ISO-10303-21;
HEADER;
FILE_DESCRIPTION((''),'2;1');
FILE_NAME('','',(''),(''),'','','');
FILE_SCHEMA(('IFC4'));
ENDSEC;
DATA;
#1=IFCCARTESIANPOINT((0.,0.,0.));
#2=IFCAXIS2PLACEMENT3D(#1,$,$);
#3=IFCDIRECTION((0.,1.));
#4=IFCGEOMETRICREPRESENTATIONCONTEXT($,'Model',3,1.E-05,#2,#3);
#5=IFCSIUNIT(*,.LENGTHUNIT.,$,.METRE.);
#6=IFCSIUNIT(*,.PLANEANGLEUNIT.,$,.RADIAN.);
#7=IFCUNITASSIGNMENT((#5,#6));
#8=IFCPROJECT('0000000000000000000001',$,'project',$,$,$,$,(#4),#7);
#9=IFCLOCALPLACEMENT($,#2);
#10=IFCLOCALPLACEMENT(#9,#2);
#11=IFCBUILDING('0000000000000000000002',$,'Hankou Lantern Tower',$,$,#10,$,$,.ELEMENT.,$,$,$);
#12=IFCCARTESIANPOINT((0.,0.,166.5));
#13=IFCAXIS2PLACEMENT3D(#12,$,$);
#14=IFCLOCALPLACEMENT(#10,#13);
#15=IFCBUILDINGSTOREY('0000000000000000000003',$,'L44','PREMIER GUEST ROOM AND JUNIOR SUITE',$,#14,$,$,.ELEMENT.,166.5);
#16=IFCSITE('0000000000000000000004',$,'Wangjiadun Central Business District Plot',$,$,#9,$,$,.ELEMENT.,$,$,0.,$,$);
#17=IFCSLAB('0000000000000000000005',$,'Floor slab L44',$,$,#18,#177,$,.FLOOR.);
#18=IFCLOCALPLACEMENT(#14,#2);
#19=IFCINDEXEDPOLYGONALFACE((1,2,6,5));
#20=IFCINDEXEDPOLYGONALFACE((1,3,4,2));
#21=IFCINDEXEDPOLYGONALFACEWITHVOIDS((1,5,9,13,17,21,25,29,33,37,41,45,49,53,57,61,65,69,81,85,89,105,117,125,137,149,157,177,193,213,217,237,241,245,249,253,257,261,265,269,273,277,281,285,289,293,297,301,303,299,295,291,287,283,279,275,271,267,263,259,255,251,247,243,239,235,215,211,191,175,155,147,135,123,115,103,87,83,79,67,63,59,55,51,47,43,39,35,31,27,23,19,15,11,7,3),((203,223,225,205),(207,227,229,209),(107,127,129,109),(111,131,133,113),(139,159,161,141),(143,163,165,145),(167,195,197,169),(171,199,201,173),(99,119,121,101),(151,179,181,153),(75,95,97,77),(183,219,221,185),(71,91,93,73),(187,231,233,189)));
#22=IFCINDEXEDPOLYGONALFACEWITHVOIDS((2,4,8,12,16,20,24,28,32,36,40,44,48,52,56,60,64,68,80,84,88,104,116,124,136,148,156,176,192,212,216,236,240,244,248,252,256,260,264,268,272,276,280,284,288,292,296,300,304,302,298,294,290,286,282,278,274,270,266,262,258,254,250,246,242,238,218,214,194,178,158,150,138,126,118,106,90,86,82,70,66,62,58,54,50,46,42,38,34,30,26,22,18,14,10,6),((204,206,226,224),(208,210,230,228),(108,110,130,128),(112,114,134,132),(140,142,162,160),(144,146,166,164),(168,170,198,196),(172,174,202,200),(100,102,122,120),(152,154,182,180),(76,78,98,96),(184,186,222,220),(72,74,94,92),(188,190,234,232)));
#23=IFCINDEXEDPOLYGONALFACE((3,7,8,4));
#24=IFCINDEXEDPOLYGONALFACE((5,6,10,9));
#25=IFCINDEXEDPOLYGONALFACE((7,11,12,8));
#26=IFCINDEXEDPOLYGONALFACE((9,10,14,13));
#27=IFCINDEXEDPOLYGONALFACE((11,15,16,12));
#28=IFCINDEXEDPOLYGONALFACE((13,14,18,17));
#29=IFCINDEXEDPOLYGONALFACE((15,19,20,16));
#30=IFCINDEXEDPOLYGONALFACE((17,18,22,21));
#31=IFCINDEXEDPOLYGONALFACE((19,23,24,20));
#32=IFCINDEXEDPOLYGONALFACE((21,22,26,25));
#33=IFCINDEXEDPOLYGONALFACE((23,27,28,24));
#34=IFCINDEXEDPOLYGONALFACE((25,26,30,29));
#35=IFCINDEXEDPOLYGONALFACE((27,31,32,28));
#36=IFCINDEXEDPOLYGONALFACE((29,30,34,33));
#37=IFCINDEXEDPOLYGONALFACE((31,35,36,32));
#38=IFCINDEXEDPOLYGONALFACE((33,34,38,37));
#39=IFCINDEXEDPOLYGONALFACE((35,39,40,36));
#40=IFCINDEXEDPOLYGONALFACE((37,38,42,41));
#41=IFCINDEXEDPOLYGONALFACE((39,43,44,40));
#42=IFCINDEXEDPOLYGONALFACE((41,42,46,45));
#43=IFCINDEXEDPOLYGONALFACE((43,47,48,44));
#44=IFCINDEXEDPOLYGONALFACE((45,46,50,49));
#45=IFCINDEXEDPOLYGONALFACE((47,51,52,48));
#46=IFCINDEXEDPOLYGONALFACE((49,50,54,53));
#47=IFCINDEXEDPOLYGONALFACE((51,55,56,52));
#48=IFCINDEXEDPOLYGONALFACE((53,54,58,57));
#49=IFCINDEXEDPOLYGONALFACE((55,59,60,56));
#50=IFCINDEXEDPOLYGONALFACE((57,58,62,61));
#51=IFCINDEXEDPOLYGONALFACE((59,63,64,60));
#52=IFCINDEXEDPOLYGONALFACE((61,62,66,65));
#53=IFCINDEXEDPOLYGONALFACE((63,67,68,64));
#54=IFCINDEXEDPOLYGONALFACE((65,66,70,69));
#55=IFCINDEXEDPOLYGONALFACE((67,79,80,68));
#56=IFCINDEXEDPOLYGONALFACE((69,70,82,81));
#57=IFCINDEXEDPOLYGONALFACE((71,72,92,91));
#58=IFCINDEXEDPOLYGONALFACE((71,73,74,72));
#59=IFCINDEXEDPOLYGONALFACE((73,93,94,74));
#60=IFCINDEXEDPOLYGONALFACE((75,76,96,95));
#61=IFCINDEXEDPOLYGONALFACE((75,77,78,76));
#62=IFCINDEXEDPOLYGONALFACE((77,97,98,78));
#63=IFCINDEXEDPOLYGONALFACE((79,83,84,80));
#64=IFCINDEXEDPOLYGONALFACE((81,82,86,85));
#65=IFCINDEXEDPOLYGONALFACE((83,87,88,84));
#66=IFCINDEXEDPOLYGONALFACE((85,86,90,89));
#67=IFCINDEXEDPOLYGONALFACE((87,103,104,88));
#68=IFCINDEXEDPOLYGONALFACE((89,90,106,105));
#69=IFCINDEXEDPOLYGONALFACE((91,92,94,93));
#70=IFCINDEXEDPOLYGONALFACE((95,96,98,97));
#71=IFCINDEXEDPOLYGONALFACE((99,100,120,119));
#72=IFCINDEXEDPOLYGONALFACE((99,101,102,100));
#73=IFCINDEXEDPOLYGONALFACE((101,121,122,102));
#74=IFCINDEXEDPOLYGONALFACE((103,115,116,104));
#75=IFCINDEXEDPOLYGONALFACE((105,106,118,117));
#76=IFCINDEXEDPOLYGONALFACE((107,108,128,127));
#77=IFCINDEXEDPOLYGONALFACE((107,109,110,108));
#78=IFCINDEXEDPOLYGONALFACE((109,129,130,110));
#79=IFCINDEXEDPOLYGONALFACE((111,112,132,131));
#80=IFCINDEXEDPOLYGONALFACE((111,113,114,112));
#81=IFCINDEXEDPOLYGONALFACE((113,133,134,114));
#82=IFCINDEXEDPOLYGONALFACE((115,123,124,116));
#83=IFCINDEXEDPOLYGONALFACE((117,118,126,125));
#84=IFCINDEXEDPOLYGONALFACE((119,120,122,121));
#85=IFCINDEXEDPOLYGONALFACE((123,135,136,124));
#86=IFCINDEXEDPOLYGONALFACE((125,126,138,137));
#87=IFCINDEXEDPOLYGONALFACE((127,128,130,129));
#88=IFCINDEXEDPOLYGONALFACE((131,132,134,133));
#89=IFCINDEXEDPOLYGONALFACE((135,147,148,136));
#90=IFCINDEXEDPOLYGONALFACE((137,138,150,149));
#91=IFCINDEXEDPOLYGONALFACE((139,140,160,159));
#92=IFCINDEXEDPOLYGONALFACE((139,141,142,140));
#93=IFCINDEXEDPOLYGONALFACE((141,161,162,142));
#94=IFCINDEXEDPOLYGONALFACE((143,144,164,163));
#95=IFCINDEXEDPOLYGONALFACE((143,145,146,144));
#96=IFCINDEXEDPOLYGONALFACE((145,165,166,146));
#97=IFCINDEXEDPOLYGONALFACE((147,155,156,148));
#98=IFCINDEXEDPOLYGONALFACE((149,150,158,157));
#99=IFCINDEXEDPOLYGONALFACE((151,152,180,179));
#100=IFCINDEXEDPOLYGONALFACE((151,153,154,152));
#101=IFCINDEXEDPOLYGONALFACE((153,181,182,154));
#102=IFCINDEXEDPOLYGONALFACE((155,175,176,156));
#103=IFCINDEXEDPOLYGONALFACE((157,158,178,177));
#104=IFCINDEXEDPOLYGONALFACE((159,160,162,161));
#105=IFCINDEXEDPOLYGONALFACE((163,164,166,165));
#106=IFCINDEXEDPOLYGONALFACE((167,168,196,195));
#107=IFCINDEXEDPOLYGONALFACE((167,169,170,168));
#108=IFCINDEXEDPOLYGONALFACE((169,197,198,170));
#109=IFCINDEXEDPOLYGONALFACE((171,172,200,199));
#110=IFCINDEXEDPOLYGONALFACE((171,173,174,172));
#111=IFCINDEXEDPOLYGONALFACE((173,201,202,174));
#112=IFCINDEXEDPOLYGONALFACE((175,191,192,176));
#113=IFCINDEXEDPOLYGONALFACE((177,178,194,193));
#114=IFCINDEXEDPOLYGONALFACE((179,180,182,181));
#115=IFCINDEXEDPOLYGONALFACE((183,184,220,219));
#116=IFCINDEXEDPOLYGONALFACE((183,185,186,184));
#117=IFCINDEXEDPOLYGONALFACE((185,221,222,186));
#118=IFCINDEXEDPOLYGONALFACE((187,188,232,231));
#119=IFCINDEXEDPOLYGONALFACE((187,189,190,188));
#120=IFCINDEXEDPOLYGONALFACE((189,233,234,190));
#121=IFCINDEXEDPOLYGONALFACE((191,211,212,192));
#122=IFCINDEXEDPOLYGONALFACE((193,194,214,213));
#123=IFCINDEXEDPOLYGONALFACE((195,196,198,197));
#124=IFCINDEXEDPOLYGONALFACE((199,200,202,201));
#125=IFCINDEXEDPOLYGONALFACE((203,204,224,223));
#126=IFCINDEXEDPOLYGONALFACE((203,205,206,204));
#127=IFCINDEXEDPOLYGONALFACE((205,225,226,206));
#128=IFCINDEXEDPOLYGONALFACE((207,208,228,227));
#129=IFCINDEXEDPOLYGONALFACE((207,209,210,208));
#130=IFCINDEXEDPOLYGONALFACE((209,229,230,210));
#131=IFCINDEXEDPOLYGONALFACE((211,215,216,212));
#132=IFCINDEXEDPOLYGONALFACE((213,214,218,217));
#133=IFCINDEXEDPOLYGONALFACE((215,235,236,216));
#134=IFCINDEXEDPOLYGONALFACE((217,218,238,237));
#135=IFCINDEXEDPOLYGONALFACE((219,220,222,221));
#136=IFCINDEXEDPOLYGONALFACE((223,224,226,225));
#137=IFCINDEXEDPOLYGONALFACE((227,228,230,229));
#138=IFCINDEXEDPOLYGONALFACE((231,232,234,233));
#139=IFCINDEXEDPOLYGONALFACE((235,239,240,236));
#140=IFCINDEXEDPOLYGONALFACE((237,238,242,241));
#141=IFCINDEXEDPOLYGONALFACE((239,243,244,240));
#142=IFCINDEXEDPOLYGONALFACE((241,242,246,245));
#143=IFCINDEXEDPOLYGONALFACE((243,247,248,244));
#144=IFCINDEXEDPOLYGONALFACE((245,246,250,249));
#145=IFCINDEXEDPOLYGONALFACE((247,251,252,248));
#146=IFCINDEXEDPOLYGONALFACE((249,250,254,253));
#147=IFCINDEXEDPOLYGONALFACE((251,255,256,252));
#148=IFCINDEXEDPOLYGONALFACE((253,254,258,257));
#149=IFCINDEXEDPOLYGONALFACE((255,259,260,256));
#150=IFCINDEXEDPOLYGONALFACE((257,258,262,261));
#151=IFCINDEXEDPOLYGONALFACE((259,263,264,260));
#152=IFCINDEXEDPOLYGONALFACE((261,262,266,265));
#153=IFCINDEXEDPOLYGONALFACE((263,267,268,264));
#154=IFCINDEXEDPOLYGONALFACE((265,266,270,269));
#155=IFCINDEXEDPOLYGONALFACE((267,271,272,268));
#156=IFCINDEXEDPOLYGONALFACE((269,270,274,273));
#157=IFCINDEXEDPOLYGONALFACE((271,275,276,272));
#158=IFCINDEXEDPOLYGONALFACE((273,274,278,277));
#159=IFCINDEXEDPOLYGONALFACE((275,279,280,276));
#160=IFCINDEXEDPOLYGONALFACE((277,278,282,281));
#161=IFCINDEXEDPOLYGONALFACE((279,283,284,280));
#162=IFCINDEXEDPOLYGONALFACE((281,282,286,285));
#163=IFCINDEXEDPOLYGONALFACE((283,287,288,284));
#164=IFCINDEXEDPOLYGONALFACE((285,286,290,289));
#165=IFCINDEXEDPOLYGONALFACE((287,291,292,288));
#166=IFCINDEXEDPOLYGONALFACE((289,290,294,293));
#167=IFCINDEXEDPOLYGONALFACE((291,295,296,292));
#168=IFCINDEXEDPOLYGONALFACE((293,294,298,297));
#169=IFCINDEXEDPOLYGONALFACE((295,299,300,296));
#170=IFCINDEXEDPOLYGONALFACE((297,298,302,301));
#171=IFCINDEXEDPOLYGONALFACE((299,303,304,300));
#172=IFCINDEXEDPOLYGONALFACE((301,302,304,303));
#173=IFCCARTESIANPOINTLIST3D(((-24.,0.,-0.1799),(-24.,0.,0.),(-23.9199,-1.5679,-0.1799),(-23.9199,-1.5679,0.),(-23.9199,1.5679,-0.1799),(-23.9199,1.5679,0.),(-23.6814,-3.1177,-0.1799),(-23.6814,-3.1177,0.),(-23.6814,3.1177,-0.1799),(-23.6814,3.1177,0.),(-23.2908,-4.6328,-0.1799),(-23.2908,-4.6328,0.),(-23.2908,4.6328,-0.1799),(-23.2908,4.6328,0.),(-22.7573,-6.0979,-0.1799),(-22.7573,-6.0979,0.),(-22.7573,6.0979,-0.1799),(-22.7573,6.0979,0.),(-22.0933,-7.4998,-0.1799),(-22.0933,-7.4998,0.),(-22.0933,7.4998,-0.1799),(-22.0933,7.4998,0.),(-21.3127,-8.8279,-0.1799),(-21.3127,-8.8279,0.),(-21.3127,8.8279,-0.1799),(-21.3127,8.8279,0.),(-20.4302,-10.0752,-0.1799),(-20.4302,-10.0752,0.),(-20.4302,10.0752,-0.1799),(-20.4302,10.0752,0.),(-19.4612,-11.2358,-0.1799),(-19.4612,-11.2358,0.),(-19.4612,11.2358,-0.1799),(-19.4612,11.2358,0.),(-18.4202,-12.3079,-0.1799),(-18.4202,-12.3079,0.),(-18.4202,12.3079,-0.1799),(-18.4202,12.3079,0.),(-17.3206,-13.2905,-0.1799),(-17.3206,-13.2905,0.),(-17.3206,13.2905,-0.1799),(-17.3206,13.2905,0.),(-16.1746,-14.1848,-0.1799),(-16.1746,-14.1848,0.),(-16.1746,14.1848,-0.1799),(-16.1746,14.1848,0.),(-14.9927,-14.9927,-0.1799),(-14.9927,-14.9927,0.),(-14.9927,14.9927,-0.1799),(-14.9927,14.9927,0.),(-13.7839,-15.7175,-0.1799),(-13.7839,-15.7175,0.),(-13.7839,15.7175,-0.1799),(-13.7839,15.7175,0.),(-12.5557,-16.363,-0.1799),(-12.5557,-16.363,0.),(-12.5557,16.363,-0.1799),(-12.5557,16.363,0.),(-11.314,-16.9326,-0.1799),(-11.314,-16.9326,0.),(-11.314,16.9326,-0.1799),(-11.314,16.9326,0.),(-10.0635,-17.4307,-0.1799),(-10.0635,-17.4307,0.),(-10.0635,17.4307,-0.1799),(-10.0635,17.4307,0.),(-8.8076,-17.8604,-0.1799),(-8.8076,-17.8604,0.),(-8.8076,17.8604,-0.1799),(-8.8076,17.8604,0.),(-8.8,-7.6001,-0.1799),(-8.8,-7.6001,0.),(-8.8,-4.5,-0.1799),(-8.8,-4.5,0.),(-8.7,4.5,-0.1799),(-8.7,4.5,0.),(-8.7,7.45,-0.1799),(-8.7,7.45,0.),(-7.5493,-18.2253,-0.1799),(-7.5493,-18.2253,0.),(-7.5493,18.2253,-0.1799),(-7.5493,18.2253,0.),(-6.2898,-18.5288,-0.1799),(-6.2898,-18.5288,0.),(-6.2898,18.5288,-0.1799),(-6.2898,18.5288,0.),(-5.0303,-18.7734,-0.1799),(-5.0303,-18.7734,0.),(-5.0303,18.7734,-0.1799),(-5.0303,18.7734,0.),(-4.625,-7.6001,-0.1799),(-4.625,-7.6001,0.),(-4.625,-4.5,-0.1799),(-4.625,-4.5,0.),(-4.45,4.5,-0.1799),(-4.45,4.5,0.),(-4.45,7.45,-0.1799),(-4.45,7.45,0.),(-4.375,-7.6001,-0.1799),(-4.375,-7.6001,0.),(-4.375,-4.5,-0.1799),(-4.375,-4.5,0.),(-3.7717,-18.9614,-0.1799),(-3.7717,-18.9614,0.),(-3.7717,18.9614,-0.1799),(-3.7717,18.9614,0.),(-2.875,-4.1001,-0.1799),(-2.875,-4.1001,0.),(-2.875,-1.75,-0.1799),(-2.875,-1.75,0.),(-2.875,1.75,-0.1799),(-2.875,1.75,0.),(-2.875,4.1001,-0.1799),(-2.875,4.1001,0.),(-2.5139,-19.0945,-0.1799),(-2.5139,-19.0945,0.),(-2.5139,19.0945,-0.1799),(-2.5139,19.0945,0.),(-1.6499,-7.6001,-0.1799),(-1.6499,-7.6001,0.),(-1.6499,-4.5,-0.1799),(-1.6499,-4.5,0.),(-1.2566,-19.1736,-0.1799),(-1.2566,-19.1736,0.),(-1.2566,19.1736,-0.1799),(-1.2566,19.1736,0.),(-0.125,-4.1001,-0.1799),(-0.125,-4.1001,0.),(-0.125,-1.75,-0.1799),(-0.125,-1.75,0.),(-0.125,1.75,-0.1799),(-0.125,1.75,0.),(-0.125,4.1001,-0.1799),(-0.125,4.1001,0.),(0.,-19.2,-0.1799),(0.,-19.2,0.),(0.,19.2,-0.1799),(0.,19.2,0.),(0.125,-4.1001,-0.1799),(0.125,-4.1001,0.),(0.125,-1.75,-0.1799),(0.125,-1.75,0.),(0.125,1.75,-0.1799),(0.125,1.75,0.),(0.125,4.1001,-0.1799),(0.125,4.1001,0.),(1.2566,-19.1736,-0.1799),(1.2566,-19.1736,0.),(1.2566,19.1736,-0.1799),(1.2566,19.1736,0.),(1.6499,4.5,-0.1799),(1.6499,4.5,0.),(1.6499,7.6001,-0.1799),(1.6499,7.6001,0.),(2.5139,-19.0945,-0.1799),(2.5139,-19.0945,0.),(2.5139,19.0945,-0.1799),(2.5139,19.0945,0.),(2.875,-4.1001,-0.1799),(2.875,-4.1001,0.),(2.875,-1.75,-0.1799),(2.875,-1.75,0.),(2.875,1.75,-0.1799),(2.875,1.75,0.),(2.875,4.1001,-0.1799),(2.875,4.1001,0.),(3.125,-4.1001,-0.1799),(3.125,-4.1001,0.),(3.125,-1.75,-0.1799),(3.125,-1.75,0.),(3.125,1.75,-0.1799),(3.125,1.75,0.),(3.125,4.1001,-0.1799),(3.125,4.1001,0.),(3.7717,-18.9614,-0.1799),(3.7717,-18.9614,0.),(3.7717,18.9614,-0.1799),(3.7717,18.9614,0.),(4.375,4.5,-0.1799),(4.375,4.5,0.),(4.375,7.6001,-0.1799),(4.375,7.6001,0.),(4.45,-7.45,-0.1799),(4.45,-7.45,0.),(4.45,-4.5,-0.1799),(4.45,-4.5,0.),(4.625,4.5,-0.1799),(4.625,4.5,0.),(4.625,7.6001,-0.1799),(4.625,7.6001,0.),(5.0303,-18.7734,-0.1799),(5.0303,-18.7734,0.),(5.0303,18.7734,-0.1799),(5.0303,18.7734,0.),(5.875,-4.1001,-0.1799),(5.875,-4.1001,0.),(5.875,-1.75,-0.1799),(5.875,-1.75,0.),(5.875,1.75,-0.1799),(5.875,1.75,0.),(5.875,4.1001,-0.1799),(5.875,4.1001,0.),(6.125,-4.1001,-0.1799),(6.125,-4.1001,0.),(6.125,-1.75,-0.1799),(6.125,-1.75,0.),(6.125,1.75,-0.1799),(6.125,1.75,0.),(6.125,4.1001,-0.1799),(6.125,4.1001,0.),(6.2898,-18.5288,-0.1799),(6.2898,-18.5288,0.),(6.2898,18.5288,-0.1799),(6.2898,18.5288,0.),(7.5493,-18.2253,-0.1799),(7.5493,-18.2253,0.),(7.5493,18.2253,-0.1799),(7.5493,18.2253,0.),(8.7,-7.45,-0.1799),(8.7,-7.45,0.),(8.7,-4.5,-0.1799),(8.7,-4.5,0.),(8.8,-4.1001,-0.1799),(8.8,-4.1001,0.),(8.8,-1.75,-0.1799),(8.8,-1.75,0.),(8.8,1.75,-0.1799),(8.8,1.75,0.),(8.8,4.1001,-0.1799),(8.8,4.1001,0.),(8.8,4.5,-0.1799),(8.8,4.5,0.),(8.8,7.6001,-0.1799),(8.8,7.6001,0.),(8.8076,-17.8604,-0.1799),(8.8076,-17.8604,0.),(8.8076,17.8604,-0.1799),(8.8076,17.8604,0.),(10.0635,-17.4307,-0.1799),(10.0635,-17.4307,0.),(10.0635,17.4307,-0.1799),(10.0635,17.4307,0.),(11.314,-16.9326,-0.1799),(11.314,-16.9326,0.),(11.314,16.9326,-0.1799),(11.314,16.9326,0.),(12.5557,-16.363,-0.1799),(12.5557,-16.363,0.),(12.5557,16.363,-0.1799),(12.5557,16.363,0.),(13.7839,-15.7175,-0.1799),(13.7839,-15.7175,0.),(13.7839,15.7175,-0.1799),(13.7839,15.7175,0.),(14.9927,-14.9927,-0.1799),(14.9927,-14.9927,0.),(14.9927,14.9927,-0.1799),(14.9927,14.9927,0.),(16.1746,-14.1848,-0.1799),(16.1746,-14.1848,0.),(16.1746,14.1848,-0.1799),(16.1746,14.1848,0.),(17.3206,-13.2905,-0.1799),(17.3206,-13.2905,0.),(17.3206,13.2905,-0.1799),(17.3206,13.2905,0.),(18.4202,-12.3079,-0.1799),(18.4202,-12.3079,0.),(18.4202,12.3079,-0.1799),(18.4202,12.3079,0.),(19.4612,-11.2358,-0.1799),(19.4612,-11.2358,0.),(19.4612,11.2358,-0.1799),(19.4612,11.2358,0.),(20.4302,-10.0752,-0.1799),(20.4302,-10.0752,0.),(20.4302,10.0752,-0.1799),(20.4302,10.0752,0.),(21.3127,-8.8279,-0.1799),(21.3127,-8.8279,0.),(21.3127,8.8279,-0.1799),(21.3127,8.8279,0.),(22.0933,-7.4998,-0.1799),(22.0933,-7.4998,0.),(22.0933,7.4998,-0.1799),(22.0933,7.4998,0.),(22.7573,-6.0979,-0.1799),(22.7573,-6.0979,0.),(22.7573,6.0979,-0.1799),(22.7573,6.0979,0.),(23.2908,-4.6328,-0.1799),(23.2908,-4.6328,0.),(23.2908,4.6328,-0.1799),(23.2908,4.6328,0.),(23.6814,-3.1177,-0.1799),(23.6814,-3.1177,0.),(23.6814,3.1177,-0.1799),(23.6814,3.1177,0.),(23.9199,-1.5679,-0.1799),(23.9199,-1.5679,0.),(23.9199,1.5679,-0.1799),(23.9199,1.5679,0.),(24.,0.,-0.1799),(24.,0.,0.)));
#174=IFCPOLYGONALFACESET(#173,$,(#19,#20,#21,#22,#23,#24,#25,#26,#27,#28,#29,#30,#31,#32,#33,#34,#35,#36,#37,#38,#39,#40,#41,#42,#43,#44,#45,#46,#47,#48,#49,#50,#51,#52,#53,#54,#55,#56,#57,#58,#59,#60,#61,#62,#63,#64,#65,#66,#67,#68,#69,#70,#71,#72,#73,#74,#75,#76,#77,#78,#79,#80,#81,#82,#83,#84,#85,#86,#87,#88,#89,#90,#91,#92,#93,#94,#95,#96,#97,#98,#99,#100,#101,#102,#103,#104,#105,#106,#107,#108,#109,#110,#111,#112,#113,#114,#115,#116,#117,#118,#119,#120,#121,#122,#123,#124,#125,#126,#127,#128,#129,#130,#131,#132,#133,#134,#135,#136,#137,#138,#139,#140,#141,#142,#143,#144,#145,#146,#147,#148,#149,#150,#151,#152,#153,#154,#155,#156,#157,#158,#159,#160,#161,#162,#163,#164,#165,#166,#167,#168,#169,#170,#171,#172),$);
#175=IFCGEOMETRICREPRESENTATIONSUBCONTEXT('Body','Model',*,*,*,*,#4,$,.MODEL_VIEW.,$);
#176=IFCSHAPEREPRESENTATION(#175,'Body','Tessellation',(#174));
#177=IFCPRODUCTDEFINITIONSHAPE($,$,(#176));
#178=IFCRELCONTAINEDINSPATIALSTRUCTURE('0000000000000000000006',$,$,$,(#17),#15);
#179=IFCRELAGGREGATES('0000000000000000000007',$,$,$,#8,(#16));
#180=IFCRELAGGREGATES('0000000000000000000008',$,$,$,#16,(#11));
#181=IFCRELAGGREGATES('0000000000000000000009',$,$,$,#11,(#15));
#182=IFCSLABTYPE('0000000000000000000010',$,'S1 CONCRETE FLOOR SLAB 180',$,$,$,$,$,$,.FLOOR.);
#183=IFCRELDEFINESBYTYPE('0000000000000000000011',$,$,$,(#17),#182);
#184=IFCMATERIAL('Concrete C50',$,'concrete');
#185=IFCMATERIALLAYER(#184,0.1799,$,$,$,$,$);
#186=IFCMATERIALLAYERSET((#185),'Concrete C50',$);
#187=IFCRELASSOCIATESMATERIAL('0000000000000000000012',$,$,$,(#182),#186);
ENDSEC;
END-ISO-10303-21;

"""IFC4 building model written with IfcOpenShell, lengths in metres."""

from ifc_helpers import new_model, si_unit, direction, frame, origin, place, context, subcontext, project, spatial, polyline, outline, extrude, material, layer, layer_set, type_object, element, save


model = new_model("IFC4")

# Units and contexts
model_context = context("Model", 3, precision=1e-05, world=origin(), true_north=direction((0.0, 1.0)))
body_context = subcontext(model_context, "Body", "Model", "MODEL_VIEW")
ifc_project = project(units=[si_unit("LENGTHUNIT", "METRE"), si_unit("PLANEANGLEUNIT", "RADIAN")], contexts=[model_context])

# Site, building, storey
site_placement = place(None, origin())
site = spatial("IfcSite", under=ifc_project, at=site_placement, Name="Wangjiadun Central Business District Plot", CompositionType="ELEMENT", RefElevation=0.0)
building_placement = place(site_placement, origin())
building = spatial("IfcBuilding", under=site, at=building_placement, Name="Hankou Lantern Tower", CompositionType="ELEMENT")
storey_placement = place(building_placement, frame((0.0, 0.0, 166.5)))
storey = spatial("IfcBuildingStorey", under=building, at=storey_placement, Name="L44", Description="PREMIER GUEST ROOM AND JUNIOR SUITE", CompositionType="ELEMENT", Elevation=166.5)

# Slab
ifc_material_1 = material(Name="Concrete C50", Category="concrete")
ifc_layer_1 = layer(ifc_material_1, 0.1799)
ifc_layer_set_1 = layer_set([ifc_layer_1], Name="Concrete C50")
slab_type_1 = type_object("IfcSlabType", Name="S1 CONCRETE FLOOR SLAB 180", PredefinedType="FLOOR", material=ifc_layer_set_1)
slab_1_placement = place(storey_placement, frame((0.0, 0.0, -0.1799)))
element("IfcSlab", 1, at=slab_1_placement, inside=storey, type_object=slab_type_1, Name="Floor slab L44", PredefinedType="FLOOR", context=body_context, shape_type="SweptSolid", body=[
    extrude(outline(polyline([(24.0, 0.0), (23.9199, 1.5679), (23.6814, 3.1177), (23.2908, 4.6328), (22.7573, 6.0979), (22.0933, 7.4998), (21.3127, 8.8279), (20.4302, 10.0752), (19.4612, 11.2358), (18.4202, 12.3079), (17.3206, 13.2905), (16.1746, 14.1848), (14.9927, 14.9927), (13.7839, 15.7175), (12.5557, 16.363), (11.314, 16.9326), (10.0635, 17.4307), (8.8076, 17.8604), (7.5493, 18.2253), (6.2898, 18.5288), (5.0303, 18.7734), (3.7717, 18.9614), (2.5139, 19.0945), (1.2566, 19.1736), (0.0, 19.2), (-1.2566, 19.1736), (-2.5139, 19.0945), (-3.7717, 18.9614), (-5.0303, 18.7734), (-6.2898, 18.5288), (-7.5493, 18.2253), (-8.8076, 17.8604), (-10.0635, 17.4307), (-11.314, 16.9326), (-12.5557, 16.363), (-13.7839, 15.7175), (-14.9927, 14.9927), (-16.1746, 14.1848), (-17.3206, 13.2905), (-18.4202, 12.3079), (-19.4612, 11.2358), (-20.4302, 10.0752), (-21.3127, 8.8279), (-22.0933, 7.4998), (-22.7573, 6.0979), (-23.2908, 4.6328), (-23.6814, 3.1177), (-23.9199, 1.5679), (-24.0, 0.0), (-23.9199, -1.5679), (-23.6814, -3.1177), (-23.2908, -4.6328), (-22.7573, -6.0979), (-22.0933, -7.4998), (-21.3127, -8.8279), (-20.4302, -10.0752), (-19.4612, -11.2358), (-18.4202, -12.3079), (-17.3206, -13.2905), (-16.1746, -14.1848), (-14.9927, -14.9927), (-13.7839, -15.7175), (-12.5557, -16.363), (-11.314, -16.9326), (-10.0635, -17.4307), (-8.8076, -17.8604), (-7.5493, -18.2253), (-6.2898, -18.5288), (-5.0303, -18.7734), (-3.7717, -18.9614), (-2.5139, -19.0945), (-1.2566, -19.1736), (0.0, -19.2), (1.2566, -19.1736), (2.5139, -19.0945), (3.7717, -18.9614), (5.0303, -18.7734), (6.2898, -18.5288), (7.5493, -18.2253), (8.8076, -17.8604), (10.0635, -17.4307), (11.314, -16.9326), (12.5557, -16.363), (13.7839, -15.7175), (14.9927, -14.9927), (16.1746, -14.1848), (17.3206, -13.2905), (18.4202, -12.3079), (19.4612, -11.2358), (20.4302, -10.0752), (21.3127, -8.8279), (22.0933, -7.4998), (22.7573, -6.0979), (23.2908, -4.6328), (23.6814, -3.1177), (23.9199, -1.5679), (24.0, 0.0)]), holes=[polyline([(-2.875, 4.1001), (-0.125, 4.1001), (-0.125, 1.75), (-2.875, 1.75), (-2.875, 4.1001)]), polyline([(0.125, 4.1001), (2.875, 4.1001), (2.875, 1.75), (0.125, 1.75), (0.125, 4.1001)]), polyline([(3.125, 4.1001), (5.875, 4.1001), (5.875, 1.75), (3.125, 1.75), (3.125, 4.1001)]), polyline([(6.125, 4.1001), (8.8, 4.1001), (8.8, 1.75), (6.125, 1.75), (6.125, 4.1001)]), polyline([(-2.875, -1.75), (-0.125, -1.75), (-0.125, -4.1001), (-2.875, -4.1001), (-2.875, -1.75)]), polyline([(0.125, -1.75), (2.875, -1.75), (2.875, -4.1001), (0.125, -4.1001), (0.125, -1.75)]), polyline([(3.125, -1.75), (5.875, -1.75), (5.875, -4.1001), (3.125, -4.1001), (3.125, -1.75)]), polyline([(6.125, -1.75), (8.8, -1.75), (8.8, -4.1001), (6.125, -4.1001), (6.125, -1.75)]), polyline([(1.6499, 7.6001), (4.375, 7.6001), (4.375, 4.5), (1.6499, 4.5), (1.6499, 7.6001)]), polyline([(-4.375, -4.5), (-1.6499, -4.5), (-1.6499, -7.6001), (-4.375, -7.6001), (-4.375, -4.5)]), polyline([(-8.7, 7.45), (-4.45, 7.45), (-4.45, 4.5), (-8.7, 4.5), (-8.7, 7.45)]), polyline([(4.45, -4.5), (8.7, -4.5), (8.7, -7.45), (4.45, -7.45), (4.45, -4.5)]), polyline([(4.625, 7.6001), (8.8, 7.6001), (8.8, 4.5), (4.625, 4.5), (4.625, 7.6001)]), polyline([(-8.8, -4.5), (-4.625, -4.5), (-4.625, -7.6001), (-8.8, -7.6001), (-8.8, -4.5)])]), origin(), (0.0, 0.0, 1.0), 0.1799),
])

save(model, "model.ifc")
